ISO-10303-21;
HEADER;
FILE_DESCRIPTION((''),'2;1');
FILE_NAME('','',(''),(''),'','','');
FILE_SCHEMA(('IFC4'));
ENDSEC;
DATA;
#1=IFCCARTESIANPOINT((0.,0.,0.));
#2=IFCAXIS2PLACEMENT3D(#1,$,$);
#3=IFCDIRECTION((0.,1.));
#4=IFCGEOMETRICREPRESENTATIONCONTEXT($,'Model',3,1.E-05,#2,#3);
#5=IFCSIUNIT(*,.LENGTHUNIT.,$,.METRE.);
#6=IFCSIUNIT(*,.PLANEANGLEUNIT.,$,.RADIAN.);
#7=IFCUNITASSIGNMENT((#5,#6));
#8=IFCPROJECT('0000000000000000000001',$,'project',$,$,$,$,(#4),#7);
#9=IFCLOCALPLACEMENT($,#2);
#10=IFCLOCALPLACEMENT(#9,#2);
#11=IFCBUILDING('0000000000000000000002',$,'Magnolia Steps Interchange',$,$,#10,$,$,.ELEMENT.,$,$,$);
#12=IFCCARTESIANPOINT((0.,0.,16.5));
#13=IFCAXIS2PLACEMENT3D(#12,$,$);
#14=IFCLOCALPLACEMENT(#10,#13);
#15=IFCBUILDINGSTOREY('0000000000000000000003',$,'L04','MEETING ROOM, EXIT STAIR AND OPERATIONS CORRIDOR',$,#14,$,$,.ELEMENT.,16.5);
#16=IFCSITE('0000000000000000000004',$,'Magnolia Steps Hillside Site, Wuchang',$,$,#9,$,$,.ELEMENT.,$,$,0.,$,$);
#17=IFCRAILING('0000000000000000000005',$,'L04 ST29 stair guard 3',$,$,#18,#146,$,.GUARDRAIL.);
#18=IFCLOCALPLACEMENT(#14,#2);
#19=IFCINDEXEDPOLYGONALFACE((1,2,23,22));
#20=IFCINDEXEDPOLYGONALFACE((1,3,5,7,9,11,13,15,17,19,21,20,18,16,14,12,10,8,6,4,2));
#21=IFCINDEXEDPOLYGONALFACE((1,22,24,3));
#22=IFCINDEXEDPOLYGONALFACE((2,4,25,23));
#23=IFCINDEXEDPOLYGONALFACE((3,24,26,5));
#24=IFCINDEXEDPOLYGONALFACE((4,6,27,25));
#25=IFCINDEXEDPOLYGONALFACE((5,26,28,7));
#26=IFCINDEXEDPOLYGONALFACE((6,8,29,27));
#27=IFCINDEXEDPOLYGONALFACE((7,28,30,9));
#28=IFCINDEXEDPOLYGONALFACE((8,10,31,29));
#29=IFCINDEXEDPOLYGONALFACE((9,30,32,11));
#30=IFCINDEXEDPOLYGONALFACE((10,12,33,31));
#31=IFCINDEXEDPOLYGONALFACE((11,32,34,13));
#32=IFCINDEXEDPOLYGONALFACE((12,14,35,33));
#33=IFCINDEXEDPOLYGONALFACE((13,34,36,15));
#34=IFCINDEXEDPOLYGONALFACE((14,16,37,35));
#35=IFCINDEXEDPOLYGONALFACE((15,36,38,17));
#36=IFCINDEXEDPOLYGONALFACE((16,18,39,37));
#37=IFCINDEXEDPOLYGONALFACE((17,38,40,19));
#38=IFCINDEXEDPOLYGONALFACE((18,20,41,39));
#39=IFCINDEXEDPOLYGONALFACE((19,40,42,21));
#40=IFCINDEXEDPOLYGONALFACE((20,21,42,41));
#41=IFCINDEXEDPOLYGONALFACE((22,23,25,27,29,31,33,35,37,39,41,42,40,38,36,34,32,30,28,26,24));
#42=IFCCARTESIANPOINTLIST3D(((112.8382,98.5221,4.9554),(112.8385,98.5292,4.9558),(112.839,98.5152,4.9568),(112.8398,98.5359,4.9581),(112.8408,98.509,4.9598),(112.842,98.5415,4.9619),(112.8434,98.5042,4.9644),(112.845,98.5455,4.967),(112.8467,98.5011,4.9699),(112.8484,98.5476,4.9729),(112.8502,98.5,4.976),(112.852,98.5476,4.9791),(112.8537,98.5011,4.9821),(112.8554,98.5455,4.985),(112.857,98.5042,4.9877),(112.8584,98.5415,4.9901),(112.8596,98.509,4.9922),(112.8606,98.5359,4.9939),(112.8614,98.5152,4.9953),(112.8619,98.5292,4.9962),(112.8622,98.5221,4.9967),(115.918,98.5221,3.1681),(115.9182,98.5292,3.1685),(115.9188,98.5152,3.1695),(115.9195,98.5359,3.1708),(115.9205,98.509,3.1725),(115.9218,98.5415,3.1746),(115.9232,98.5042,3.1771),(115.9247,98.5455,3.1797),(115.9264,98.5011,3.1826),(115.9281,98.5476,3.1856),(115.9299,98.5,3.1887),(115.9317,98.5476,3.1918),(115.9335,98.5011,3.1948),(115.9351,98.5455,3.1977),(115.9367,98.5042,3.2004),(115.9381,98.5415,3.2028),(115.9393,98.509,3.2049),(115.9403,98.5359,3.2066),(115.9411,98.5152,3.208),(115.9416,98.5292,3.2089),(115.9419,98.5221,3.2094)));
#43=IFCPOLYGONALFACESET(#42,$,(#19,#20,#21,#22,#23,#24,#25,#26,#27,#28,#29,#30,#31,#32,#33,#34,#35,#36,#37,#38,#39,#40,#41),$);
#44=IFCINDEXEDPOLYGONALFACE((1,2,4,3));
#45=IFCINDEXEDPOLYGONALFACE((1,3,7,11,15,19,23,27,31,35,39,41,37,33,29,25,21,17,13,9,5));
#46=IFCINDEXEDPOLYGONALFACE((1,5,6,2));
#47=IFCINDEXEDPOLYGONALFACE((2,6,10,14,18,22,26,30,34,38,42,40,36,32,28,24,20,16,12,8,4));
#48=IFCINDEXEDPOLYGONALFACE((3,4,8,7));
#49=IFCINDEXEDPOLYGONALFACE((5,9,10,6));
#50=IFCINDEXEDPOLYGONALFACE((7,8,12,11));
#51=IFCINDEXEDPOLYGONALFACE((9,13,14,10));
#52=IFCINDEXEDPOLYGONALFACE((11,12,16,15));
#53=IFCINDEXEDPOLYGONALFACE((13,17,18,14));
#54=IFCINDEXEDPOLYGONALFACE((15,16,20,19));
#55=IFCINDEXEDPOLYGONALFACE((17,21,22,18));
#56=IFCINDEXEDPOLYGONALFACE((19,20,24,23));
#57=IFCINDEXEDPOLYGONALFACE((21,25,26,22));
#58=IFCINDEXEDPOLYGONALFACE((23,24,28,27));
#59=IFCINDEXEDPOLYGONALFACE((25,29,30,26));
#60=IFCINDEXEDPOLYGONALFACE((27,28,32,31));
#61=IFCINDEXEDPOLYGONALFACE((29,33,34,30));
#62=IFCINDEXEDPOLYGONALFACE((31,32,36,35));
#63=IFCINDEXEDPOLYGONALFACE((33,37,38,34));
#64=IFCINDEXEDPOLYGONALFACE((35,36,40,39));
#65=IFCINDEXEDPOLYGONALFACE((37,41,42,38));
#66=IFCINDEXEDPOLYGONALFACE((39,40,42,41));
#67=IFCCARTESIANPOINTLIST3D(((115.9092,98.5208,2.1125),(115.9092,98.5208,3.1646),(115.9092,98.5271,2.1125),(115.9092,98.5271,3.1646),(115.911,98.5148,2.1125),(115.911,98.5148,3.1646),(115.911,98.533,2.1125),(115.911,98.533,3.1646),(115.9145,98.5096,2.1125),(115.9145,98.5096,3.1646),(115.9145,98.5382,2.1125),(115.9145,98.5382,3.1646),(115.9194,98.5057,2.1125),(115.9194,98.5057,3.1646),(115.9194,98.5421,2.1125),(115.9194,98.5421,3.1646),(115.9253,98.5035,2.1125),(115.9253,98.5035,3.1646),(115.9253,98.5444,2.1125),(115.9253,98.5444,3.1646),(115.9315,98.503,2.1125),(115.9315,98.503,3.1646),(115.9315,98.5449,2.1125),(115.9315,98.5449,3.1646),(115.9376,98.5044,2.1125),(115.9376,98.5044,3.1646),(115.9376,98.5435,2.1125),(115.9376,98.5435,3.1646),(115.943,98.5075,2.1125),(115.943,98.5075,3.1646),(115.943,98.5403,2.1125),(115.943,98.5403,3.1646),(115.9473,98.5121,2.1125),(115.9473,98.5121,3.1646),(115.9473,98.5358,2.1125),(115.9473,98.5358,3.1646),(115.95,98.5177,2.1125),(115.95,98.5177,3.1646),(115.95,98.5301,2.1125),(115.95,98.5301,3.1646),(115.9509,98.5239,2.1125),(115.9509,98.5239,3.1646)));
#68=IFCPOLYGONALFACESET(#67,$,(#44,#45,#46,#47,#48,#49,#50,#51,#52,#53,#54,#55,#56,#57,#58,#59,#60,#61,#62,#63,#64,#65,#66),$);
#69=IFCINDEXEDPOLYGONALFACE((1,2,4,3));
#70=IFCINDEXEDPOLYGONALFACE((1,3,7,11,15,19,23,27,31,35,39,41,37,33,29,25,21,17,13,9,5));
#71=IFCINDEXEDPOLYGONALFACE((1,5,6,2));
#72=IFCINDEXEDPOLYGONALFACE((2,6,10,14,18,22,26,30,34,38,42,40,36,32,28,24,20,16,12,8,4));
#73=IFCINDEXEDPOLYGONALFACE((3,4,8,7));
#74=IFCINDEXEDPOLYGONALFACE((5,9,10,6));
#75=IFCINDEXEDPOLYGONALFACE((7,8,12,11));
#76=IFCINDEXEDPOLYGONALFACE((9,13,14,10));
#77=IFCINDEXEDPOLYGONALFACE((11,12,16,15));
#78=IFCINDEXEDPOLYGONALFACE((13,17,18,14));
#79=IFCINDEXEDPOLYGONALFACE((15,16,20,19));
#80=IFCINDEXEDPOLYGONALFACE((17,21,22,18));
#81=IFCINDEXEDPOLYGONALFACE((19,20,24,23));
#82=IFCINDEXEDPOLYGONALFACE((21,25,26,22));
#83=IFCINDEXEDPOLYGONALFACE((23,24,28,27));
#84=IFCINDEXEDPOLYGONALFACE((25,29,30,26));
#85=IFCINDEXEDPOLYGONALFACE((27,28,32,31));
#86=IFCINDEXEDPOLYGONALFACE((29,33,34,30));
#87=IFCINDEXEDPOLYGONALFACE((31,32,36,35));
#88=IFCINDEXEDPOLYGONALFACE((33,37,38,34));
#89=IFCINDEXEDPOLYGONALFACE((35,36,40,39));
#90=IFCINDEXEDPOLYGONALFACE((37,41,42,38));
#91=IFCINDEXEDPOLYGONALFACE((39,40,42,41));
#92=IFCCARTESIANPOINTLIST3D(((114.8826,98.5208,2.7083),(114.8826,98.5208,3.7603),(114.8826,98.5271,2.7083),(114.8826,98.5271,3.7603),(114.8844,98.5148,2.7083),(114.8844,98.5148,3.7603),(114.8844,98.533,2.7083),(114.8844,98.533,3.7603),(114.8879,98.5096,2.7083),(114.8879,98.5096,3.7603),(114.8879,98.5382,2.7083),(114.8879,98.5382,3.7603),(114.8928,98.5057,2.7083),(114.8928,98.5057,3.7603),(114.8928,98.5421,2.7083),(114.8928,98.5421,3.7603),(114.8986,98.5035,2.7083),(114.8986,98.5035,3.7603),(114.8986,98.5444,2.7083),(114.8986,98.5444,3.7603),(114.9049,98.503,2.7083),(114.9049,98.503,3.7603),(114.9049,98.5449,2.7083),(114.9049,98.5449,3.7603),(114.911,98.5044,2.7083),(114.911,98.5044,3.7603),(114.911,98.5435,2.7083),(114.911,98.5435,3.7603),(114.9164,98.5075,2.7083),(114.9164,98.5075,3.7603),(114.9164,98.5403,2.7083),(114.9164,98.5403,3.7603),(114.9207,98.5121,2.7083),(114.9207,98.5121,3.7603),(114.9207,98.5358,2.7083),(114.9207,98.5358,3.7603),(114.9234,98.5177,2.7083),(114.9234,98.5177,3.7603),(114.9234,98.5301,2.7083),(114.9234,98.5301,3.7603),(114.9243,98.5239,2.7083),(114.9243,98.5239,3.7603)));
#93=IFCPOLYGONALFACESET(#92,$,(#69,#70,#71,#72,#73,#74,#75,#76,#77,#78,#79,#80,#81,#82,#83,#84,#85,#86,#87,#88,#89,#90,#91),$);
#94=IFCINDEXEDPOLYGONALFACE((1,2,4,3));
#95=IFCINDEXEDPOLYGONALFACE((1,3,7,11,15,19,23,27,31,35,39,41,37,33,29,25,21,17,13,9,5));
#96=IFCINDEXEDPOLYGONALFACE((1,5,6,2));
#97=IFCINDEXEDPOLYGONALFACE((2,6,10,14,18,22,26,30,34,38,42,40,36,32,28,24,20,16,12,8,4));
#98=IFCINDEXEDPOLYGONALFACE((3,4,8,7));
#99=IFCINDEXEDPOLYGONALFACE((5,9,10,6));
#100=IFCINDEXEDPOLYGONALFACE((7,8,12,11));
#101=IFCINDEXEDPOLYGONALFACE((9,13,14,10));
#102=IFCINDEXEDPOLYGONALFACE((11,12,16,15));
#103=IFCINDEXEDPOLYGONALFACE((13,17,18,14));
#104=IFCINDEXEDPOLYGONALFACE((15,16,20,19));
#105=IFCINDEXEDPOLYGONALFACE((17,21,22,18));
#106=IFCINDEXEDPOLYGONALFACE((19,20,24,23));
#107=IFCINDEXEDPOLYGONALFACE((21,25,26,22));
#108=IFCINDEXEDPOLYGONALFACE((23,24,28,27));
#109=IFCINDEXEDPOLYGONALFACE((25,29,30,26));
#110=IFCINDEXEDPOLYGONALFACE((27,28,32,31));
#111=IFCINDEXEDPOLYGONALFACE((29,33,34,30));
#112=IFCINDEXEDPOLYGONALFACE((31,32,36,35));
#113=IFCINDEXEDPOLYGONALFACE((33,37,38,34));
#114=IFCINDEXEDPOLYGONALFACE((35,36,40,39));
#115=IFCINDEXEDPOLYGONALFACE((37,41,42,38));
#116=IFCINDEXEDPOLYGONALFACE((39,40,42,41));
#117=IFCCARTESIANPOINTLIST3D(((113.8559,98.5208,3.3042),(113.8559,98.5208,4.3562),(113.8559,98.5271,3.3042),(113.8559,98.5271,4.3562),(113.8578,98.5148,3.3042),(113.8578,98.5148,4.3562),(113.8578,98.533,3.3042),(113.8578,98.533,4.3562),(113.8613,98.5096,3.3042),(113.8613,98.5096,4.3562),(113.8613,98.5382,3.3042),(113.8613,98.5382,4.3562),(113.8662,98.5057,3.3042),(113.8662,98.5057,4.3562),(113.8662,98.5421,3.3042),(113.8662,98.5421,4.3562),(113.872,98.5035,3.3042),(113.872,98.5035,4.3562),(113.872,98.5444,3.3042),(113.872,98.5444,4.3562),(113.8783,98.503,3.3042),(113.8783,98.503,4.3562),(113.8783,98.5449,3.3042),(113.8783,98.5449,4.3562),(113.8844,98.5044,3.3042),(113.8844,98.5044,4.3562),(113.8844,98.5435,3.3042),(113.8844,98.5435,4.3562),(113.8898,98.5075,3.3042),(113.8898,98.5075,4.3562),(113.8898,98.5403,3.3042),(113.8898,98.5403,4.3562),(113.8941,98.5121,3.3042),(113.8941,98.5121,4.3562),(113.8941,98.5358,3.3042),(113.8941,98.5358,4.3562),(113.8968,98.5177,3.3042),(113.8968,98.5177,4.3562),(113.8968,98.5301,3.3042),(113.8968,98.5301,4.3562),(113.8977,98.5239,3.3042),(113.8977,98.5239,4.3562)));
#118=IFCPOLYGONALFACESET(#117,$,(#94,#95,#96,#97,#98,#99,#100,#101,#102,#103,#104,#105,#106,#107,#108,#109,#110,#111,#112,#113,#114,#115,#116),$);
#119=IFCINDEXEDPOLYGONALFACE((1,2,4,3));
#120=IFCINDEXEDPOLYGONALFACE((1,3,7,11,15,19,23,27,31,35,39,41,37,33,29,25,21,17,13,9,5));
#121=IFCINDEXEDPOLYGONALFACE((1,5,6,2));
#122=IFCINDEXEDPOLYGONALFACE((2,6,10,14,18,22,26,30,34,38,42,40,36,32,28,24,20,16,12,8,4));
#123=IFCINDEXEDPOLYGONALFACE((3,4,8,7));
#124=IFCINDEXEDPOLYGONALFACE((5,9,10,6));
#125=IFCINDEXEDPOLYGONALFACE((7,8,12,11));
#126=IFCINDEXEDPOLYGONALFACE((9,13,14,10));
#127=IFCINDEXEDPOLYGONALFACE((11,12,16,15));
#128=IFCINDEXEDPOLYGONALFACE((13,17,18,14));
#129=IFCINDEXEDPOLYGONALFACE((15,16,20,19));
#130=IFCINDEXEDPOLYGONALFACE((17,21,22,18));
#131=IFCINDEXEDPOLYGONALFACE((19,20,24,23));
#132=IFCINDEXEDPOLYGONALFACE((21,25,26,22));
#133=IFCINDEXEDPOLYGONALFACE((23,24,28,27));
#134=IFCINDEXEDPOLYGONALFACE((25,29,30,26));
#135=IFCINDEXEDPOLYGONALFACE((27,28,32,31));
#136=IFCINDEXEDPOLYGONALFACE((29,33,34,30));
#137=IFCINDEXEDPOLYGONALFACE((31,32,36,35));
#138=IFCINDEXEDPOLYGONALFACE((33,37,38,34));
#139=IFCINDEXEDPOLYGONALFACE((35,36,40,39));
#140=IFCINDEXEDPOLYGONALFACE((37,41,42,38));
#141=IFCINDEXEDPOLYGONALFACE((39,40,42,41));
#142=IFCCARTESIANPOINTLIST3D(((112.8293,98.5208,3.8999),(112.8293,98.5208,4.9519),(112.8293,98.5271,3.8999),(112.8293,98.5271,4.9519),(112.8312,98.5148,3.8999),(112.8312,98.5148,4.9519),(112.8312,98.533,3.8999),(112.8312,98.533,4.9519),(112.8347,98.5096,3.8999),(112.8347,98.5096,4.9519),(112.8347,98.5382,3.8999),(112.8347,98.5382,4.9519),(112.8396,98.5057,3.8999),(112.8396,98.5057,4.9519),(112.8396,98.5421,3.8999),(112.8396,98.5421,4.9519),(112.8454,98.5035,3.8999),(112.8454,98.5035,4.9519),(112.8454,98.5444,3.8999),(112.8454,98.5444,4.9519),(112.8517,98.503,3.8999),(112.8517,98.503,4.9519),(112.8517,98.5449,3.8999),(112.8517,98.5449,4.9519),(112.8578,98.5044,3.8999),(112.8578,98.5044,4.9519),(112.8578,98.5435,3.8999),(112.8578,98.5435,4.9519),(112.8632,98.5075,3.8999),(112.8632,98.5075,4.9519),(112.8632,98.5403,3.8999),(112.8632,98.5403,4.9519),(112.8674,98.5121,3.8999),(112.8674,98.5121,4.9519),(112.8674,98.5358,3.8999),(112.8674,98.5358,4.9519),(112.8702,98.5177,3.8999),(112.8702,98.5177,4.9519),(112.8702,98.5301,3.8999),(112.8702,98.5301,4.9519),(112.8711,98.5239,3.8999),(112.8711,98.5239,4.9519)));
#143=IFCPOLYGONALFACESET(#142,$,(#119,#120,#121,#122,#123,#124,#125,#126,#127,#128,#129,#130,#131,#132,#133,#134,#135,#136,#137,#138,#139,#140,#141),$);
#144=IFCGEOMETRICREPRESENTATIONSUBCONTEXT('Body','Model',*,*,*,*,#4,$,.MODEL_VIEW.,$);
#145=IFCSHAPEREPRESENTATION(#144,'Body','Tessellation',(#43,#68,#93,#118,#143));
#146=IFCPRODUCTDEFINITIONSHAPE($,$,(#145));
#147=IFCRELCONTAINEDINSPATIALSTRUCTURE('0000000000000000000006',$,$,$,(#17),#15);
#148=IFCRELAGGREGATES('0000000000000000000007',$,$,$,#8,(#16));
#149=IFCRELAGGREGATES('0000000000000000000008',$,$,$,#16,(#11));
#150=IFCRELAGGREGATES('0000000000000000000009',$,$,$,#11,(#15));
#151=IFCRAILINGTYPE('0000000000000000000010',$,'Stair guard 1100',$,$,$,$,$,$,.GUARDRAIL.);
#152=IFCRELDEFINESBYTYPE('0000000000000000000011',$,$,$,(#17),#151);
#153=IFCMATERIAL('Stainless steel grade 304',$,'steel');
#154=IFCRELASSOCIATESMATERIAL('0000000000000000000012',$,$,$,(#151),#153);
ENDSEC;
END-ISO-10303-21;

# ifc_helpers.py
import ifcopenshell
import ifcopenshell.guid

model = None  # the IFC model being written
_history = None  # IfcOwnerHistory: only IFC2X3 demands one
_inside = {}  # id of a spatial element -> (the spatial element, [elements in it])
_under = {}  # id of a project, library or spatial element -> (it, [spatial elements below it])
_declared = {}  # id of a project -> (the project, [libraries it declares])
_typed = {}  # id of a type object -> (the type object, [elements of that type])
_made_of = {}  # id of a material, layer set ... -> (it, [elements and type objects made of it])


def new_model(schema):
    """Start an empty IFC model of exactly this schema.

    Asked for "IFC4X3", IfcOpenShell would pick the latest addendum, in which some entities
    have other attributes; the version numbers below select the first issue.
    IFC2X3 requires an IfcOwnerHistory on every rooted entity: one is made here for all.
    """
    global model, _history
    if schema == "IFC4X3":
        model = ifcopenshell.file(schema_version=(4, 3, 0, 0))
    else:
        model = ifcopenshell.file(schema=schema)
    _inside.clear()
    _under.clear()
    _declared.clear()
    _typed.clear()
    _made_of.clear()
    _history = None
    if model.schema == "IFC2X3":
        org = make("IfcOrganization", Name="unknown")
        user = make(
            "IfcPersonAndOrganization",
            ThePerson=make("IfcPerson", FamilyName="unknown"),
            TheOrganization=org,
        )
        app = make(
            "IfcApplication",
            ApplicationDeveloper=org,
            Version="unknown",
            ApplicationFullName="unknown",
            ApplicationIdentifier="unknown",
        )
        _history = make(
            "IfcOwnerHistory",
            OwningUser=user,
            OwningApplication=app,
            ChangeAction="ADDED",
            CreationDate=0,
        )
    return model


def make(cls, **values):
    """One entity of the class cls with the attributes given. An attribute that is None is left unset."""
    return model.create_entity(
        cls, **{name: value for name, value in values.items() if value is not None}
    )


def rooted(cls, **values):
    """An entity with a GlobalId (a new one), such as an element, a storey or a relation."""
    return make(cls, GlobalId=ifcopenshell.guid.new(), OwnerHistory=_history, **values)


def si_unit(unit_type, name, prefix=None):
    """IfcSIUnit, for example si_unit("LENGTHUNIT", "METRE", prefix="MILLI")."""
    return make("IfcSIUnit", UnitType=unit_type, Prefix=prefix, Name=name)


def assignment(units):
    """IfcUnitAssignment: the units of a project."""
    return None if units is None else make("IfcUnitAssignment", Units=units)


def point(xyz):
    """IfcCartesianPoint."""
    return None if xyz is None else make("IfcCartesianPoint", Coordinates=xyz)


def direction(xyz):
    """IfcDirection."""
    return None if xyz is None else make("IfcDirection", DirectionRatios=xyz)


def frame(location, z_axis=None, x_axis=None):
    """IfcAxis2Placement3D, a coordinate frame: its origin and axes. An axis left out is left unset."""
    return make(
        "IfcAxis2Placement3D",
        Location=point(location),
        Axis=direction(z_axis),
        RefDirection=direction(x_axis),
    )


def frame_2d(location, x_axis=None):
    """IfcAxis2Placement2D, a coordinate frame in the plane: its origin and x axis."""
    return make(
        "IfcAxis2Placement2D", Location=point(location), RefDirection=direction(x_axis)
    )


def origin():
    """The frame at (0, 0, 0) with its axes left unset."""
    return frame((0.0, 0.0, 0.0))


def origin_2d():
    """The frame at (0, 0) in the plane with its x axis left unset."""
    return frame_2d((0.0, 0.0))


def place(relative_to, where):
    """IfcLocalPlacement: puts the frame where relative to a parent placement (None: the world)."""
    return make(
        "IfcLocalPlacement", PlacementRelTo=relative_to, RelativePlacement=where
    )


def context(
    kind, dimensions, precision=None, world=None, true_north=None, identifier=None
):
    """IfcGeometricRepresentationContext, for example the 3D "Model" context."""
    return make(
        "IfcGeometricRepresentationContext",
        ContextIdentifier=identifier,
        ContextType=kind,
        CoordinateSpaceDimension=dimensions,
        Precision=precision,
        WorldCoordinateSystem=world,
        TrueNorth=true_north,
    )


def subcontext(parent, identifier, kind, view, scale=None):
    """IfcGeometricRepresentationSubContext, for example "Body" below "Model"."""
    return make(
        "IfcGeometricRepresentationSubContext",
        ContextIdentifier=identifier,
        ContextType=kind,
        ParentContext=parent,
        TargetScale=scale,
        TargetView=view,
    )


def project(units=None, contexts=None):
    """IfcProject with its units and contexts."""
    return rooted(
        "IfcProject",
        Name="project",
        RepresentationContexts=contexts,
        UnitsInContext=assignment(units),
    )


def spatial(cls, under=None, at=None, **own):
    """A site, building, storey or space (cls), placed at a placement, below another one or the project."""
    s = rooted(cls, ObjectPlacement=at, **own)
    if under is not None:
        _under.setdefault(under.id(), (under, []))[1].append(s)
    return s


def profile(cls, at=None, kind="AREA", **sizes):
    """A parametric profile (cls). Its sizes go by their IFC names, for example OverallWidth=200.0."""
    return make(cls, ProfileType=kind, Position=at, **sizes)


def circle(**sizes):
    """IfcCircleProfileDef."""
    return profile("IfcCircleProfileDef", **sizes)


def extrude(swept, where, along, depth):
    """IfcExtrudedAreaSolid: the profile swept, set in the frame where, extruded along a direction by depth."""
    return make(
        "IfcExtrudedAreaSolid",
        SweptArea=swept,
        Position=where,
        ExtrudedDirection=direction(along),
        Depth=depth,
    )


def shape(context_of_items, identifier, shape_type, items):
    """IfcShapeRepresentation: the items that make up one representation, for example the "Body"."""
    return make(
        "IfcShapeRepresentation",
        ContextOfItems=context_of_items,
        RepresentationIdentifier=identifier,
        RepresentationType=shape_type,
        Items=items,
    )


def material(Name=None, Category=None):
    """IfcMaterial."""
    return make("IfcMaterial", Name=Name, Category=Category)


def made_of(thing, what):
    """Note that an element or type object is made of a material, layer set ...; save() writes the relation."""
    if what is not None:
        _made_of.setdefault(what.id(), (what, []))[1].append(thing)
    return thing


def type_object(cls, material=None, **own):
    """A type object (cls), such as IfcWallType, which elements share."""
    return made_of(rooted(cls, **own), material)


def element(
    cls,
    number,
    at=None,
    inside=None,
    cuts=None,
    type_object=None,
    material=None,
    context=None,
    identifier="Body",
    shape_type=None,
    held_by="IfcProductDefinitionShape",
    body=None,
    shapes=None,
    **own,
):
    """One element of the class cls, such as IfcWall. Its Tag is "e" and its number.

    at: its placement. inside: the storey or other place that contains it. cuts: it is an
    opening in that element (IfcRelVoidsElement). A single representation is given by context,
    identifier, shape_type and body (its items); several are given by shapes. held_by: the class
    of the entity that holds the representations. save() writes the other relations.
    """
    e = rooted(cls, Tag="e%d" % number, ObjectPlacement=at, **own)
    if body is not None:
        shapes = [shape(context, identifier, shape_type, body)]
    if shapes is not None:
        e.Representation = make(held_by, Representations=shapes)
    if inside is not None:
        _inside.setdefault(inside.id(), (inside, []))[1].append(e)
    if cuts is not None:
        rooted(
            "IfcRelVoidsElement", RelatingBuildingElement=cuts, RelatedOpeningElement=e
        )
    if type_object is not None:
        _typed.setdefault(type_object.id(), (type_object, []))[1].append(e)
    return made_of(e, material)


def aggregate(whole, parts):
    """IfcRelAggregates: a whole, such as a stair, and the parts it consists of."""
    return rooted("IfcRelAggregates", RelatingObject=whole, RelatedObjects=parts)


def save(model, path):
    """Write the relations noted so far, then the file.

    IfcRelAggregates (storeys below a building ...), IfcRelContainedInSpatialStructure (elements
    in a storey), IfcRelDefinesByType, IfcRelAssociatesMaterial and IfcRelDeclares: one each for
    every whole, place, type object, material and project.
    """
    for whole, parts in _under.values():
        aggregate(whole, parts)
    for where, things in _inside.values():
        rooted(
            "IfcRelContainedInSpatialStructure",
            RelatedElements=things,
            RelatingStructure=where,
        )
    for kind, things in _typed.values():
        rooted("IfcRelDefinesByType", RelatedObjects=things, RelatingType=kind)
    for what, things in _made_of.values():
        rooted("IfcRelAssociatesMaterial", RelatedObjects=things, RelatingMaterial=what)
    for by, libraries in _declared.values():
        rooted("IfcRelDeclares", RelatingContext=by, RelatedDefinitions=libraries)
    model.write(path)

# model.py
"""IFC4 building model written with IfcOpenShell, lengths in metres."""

from ifc_helpers import new_model, si_unit, direction, frame, origin, origin_2d, place, context, subcontext, project, spatial, circle, extrude, material, type_object, element, save


model = new_model("IFC4")

# Units and contexts
model_context = context("Model", 3, precision=1e-05, world=origin(), true_north=direction((0.0, 1.0)))
body_context = subcontext(model_context, "Body", "Model", "MODEL_VIEW")
ifc_project = project(units=[si_unit("LENGTHUNIT", "METRE"), si_unit("PLANEANGLEUNIT", "RADIAN")], contexts=[model_context])

# Site, building, storey
site_placement = place(None, origin())
site = spatial("IfcSite", under=ifc_project, at=site_placement, Name="Magnolia Steps Hillside Site, Wuchang", CompositionType="ELEMENT", RefElevation=0.0)
building_placement = place(site_placement, origin())
building = spatial("IfcBuilding", under=site, at=building_placement, Name="Magnolia Steps Interchange", CompositionType="ELEMENT")
storey_placement = place(building_placement, frame((0.0, 0.0, 16.5)))
storey = spatial("IfcBuildingStorey", under=building, at=storey_placement, Name="L04", Description="MEETING ROOM, EXIT STAIR AND OPERATIONS CORRIDOR", CompositionType="ELEMENT", Elevation=16.5)

# Railing
ifc_material_1 = material(Name="Stainless steel grade 304", Category="steel")
railing_type_1 = type_object("IfcRailingType", Name="Stair guard 1100", PredefinedType="GUARDRAIL", material=ifc_material_1)
railing_1_placement = place(storey_placement, frame((115.9299, 98.5239, 2.1125)))
element("IfcRailing", 1, at=railing_1_placement, inside=storey, type_object=railing_type_1, Name="L04 ST29 stair guard 3", PredefinedType="GUARDRAIL", context=body_context, shape_type="SweptSolid", body=[
    extrude(circle(Radius=0.0239, at=origin_2d()), frame((0.0, 0.0, 1.0762), z_axis=(-0.864903, 0.0, 0.501939), x_axis=(0.0, -1.0, 0.0)), (0.0, 0.0, 1.0), 3.5608),
    extrude(circle(Radius=0.021, at=origin_2d()), origin(), (0.0, 0.0, 1.0), 1.052),
    extrude(circle(Radius=0.021, at=origin_2d()), frame((-1.0266, 0.0, 0.5957)), (0.0, 0.0, 1.0), 1.052),
    extrude(circle(Radius=0.021, at=origin_2d()), frame((-2.0532, 0.0, 1.1917)), (0.0, 0.0, 1.0), 1.052),
    extrude(circle(Radius=0.021, at=origin_2d()), frame((-3.0798, 0.0, 1.7874)), (0.0, 0.0, 1.0), 1.052),
])

save(model, "model.ifc")
